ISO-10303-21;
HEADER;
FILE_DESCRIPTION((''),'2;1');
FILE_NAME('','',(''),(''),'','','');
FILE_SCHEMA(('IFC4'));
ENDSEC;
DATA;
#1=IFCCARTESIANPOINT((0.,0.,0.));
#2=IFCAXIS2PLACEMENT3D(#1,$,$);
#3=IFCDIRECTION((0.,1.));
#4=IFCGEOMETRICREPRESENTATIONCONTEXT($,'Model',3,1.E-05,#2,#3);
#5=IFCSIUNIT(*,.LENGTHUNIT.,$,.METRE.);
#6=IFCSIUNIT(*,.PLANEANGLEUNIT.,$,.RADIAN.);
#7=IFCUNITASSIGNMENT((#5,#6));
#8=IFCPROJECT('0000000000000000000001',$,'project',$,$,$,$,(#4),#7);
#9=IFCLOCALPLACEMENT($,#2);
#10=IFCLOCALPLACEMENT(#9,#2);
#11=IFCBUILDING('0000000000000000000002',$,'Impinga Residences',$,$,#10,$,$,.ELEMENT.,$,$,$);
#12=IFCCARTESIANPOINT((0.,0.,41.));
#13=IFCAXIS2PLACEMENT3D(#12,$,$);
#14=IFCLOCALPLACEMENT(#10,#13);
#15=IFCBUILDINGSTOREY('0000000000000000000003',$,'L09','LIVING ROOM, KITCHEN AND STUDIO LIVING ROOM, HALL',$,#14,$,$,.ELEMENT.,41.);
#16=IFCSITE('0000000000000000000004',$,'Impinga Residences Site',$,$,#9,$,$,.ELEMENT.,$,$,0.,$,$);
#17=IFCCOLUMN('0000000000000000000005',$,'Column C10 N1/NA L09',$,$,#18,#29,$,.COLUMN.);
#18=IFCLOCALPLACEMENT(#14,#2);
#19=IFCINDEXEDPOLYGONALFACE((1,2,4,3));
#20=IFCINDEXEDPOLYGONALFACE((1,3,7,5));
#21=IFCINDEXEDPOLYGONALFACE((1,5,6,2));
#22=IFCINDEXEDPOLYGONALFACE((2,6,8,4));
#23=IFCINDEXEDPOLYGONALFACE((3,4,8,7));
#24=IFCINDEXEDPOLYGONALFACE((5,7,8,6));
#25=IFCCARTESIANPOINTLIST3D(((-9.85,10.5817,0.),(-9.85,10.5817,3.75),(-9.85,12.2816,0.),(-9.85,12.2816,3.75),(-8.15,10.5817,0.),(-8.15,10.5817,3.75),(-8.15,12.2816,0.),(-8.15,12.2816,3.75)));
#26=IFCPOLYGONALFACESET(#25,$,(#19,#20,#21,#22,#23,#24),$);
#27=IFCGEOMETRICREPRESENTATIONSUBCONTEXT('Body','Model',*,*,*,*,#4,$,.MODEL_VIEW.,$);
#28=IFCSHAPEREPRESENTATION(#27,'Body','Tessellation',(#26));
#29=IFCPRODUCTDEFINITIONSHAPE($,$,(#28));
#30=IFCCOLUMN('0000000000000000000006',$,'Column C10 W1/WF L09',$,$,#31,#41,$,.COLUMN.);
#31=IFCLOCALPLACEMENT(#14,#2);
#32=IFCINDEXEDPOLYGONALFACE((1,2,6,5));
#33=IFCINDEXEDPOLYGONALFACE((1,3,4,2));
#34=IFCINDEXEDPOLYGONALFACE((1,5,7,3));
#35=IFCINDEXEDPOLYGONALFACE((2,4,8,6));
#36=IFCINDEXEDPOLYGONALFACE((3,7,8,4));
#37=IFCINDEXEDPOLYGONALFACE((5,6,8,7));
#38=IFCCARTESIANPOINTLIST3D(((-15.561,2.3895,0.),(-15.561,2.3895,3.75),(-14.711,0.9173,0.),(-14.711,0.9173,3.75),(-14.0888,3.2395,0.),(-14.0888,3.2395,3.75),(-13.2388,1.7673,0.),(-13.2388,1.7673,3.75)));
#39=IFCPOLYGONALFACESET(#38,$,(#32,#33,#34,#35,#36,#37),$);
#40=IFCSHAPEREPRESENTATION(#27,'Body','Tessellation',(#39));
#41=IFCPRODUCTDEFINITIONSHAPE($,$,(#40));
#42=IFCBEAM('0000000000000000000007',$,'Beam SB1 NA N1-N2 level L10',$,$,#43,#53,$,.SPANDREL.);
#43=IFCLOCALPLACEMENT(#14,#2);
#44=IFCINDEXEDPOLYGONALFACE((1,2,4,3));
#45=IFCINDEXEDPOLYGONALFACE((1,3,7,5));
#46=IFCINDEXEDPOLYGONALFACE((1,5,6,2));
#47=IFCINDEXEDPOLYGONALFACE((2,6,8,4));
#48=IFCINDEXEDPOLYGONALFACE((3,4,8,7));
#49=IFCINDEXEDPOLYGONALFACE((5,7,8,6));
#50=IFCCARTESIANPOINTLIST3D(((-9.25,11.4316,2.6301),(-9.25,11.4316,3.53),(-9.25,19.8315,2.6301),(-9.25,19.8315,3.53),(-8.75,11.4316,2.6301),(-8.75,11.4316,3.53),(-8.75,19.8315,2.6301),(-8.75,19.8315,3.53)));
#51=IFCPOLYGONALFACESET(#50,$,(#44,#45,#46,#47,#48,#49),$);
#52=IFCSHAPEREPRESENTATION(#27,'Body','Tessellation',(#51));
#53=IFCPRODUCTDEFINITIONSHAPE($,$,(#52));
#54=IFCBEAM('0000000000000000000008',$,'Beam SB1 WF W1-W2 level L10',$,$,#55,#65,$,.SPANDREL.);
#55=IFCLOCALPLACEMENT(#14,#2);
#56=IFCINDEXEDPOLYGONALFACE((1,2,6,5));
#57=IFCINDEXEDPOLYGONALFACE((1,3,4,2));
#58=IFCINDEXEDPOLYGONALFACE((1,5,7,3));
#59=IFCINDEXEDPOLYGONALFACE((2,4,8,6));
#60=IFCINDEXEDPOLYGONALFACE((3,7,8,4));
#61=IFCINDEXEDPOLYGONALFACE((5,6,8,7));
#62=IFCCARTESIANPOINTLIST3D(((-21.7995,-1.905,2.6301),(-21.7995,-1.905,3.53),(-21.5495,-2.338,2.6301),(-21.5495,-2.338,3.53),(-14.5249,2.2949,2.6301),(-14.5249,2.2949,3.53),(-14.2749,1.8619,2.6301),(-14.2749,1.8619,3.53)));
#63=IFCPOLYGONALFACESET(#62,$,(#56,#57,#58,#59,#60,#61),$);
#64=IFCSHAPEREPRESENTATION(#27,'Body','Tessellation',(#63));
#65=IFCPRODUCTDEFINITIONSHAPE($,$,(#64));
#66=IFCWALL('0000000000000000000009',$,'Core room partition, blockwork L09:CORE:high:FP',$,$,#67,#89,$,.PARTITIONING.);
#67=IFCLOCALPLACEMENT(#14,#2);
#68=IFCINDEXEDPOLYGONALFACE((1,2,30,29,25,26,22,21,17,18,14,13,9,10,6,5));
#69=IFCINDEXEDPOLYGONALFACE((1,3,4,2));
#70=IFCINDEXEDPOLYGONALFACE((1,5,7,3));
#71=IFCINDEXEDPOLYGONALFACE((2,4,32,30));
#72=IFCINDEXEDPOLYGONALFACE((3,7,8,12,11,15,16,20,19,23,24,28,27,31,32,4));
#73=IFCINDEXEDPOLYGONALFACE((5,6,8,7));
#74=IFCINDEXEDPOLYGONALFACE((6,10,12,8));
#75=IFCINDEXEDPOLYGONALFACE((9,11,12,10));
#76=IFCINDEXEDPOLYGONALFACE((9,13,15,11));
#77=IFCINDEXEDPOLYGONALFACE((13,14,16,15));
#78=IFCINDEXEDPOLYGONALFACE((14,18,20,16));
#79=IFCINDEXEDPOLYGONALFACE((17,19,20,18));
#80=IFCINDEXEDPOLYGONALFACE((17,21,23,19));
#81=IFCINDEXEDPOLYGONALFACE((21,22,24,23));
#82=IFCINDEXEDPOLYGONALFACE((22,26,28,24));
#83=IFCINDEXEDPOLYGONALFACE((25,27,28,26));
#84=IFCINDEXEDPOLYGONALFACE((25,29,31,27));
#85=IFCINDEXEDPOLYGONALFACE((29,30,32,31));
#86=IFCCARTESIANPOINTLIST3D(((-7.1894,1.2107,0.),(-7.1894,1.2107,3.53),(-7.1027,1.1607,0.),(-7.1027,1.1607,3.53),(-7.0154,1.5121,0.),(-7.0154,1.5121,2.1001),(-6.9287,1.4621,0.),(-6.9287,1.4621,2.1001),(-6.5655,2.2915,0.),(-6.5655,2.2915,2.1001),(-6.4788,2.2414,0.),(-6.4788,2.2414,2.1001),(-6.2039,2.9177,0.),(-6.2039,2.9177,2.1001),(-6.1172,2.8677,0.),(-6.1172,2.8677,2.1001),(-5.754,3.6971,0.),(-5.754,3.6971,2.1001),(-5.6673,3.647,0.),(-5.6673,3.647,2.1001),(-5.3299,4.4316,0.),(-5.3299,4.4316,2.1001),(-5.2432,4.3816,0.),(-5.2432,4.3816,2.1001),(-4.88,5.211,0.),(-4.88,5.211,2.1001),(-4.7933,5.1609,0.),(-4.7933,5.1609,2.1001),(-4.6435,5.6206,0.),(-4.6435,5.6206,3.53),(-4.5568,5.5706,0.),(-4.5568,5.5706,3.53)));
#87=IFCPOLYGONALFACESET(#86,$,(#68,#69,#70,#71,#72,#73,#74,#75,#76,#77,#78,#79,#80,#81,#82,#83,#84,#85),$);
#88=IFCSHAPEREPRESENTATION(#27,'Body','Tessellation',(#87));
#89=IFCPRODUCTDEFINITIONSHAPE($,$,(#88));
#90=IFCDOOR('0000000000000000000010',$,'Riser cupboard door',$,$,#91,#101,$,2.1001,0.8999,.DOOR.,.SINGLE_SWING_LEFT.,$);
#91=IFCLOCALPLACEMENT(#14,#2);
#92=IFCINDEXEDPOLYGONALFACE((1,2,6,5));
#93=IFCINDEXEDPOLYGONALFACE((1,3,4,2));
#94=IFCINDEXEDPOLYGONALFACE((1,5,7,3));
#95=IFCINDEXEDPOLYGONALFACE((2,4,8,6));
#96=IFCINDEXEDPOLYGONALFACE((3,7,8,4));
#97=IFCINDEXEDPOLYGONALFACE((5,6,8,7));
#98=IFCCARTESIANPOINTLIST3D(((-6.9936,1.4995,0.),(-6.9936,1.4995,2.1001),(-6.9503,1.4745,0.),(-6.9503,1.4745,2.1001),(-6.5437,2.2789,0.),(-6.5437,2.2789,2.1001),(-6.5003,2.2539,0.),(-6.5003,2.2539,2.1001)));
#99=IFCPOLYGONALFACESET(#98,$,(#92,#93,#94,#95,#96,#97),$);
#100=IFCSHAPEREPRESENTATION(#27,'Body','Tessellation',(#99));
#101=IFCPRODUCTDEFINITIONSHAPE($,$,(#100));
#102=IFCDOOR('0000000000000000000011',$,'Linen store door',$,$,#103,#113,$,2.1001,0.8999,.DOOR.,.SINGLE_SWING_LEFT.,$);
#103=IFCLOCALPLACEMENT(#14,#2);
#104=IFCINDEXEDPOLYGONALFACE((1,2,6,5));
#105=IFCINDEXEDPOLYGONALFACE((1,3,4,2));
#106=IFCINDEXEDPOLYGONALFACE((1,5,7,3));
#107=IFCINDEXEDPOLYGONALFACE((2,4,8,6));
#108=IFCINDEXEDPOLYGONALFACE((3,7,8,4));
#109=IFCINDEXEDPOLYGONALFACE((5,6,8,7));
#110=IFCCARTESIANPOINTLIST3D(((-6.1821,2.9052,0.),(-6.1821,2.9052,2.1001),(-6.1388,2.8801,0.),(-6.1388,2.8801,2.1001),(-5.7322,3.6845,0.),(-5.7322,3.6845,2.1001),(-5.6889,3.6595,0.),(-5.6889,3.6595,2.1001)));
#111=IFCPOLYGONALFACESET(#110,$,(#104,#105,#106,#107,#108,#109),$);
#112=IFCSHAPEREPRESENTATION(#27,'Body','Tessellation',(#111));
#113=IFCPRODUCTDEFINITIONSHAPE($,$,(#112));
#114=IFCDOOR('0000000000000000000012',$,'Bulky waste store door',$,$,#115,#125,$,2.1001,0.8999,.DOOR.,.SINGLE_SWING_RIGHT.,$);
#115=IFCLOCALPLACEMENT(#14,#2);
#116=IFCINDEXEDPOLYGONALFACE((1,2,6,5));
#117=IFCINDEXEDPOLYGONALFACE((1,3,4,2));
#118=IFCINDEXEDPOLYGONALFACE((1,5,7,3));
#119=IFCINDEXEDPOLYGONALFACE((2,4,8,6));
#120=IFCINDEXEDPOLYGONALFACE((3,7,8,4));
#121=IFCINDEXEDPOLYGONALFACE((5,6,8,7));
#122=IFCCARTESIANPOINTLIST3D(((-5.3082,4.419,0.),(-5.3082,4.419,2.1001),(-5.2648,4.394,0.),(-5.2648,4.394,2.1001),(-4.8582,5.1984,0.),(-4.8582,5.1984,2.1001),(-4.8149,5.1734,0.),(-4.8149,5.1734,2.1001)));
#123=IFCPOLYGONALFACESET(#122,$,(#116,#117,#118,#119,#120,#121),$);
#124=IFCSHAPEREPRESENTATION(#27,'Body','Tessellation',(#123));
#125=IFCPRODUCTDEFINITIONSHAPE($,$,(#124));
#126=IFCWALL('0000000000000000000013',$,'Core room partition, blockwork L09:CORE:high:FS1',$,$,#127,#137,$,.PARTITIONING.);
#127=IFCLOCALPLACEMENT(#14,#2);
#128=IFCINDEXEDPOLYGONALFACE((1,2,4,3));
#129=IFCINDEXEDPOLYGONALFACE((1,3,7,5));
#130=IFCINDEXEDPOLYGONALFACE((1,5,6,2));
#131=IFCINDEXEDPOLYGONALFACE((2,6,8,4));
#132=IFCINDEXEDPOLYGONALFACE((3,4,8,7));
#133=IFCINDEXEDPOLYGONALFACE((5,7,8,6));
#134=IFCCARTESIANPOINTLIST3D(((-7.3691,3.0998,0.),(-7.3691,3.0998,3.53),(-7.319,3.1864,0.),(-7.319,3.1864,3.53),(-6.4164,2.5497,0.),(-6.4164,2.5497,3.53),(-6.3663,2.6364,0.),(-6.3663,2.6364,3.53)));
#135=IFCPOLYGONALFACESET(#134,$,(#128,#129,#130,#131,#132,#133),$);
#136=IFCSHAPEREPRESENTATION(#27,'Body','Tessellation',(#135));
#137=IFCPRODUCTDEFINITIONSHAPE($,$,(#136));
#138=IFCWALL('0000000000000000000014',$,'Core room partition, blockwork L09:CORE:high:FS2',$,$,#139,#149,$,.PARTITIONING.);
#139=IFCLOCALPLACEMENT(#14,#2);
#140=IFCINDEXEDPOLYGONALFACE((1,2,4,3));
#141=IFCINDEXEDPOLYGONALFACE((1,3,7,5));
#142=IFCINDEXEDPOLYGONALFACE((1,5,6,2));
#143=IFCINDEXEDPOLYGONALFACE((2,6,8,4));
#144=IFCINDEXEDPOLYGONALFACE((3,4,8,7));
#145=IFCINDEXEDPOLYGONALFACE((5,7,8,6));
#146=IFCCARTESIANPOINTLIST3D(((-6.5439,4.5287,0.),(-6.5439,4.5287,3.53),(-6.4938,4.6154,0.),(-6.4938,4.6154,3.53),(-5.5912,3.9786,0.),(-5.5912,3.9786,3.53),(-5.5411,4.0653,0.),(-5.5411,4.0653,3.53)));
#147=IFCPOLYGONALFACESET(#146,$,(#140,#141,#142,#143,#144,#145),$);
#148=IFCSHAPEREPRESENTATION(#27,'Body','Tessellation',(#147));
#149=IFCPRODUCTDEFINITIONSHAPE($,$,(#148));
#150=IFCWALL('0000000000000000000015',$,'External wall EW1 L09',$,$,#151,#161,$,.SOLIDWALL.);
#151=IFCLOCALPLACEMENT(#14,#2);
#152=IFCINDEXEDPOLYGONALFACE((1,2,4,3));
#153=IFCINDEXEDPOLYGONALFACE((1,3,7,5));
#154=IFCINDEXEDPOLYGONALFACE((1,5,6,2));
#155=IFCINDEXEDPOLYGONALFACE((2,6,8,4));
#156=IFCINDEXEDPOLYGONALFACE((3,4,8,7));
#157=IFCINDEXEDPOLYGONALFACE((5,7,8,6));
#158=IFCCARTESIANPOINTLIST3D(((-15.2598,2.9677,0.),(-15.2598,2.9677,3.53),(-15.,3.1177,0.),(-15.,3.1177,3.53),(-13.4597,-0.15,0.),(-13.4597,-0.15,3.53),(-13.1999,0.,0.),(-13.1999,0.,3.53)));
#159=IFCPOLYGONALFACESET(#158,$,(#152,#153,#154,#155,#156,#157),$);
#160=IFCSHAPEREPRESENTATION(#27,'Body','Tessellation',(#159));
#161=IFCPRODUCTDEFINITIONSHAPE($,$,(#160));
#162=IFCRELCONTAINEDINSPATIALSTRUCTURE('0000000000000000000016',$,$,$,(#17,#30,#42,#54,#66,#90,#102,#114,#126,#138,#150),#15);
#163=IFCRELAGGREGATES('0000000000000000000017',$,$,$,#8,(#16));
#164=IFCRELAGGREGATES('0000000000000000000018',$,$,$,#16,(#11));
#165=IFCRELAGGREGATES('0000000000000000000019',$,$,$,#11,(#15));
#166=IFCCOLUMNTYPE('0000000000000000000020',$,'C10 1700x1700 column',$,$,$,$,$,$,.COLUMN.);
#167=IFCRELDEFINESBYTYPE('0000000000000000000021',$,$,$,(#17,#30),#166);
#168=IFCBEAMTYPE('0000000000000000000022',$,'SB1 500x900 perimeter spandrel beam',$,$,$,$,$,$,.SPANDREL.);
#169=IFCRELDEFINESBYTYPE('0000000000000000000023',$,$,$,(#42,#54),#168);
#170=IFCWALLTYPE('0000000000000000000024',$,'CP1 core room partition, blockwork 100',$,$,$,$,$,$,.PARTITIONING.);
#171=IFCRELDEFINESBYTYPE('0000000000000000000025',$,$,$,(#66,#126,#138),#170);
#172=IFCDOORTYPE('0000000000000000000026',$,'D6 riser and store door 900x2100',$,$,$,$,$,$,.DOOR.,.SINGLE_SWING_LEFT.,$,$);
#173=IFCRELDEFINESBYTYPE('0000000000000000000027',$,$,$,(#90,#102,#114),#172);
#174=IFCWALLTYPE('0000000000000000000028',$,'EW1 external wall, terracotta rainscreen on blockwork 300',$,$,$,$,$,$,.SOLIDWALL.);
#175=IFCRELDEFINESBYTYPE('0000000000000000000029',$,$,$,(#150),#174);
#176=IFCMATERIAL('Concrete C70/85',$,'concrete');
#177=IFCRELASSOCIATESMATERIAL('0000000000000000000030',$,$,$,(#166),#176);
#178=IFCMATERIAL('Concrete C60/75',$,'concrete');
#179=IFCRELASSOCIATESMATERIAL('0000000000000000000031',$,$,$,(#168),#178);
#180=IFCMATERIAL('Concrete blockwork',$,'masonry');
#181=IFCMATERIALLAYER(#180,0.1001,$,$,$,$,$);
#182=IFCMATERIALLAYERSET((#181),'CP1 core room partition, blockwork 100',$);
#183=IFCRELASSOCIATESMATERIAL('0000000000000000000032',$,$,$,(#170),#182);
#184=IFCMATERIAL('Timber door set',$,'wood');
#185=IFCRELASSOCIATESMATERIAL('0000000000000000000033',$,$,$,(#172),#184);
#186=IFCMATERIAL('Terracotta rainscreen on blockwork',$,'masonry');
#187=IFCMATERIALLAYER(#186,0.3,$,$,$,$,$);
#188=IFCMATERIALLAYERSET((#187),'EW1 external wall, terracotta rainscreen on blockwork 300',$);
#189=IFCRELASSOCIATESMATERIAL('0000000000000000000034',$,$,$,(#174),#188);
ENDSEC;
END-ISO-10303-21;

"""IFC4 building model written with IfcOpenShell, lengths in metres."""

from ifc_helpers import new_model, si_unit, direction, frame, frame_2d, origin, origin_2d, place, context, subcontext, project, spatial, rectangle, extrude, material, layer, layer_set, material_profile, profile_set, type_object, element, fill, save


model = new_model("IFC4")

# Units and contexts
model_context = context("Model", 3, precision=1e-05, world=origin(), true_north=direction((0.0, 1.0)))
body_context = subcontext(model_context, "Body", "Model", "MODEL_VIEW")
ifc_project = project(units=[si_unit("LENGTHUNIT", "METRE"), si_unit("PLANEANGLEUNIT", "RADIAN")], contexts=[model_context])

# Site, building, storey
site_placement = place(None, origin())
site = spatial("IfcSite", under=ifc_project, at=site_placement, Name="Impinga Residences Site", CompositionType="ELEMENT", RefElevation=0.0)
building_placement = place(site_placement, origin())
building = spatial("IfcBuilding", under=site, at=building_placement, Name="Impinga Residences", CompositionType="ELEMENT")
storey_placement = place(building_placement, frame((0.0, 0.0, 41.0)))
storey = spatial("IfcBuildingStorey", under=building, at=storey_placement, Name="L09", Description="LIVING ROOM, KITCHEN AND STUDIO LIVING ROOM, HALL", CompositionType="ELEMENT", Elevation=41.0)

# Columns
ifc_material_1 = material(Name="Concrete C70/85", Category="concrete")
ifc_material_profile_1 = material_profile(ifc_material_1, rectangle(XDim=1.7, YDim=1.7, at=origin_2d()), Name="RC 1700x1700")
ifc_profile_set_1 = profile_set([ifc_material_profile_1], Name="Concrete C70/85")
column_type = type_object("IfcColumnType", Name="C10 1700x1700 column", PredefinedType="COLUMN", material=ifc_profile_set_1)
for number, where, z_axis, x_axis, name in (
    (1, (-9.0, 11.4316, 0.0), (0.0, 0.0, 1.0), (1.0, 0.0, 0.0), "Column C10 N1/NA L09"),
    (2, (-14.3999, 2.0784, 0.0), (0.0, 0.0, 1.0), (-0.5, 0.866025, 0.0), "Column C10 W1/WF L09"),
):
    element("IfcColumn", number, at=place(storey_placement, frame(where, z_axis=z_axis, x_axis=x_axis)), inside=storey, type_object=column_type, Name=name, PredefinedType="COLUMN", context=body_context, shape_type="SweptSolid", body=[
        extrude(rectangle(XDim=1.7, YDim=1.7, at=origin_2d()), origin(), (0.0, 0.0, 1.0), 3.75),
    ])

# Beams
ifc_material_2 = material(Name="Concrete C60/75", Category="concrete")
ifc_material_profile_2 = material_profile(ifc_material_2, rectangle(XDim=0.5, YDim=0.8999, at=origin_2d()), Name="RC 500x900")
ifc_profile_set_2 = profile_set([ifc_material_profile_2], Name="Concrete C60/75")
beam_type = type_object("IfcBeamType", Name="SB1 500x900 perimeter spandrel beam", PredefinedType="SPANDREL", material=ifc_profile_set_2)
for number, where, z_axis, x_axis, name in (
    (3, (-9.0, 11.4316, 3.0801), (0.0, 1.0, 0.0), (-1.0, 0.0, 0.0), "Beam SB1 NA N1-N2 level L10"),
    (4, (-14.3999, 2.0784, 3.0801), (-0.866029, -0.499993, 0.0), (0.499993, -0.866029, 0.0), "Beam SB1 WF W1-W2 level L10"),
):
    element("IfcBeam", number, at=place(storey_placement, frame(where, z_axis=z_axis, x_axis=x_axis)), inside=storey, type_object=beam_type, Name=name, PredefinedType="SPANDREL", context=body_context, shape_type="SweptSolid", body=[
        extrude(rectangle(XDim=0.5, YDim=0.8999, at=origin_2d()), origin(), (0.0, 0.0, 1.0), 8.3999),
    ])

# Wall, openings, doors
ifc_material_3 = material(Name="Concrete blockwork", Category="masonry")
ifc_layer_1 = layer(ifc_material_3, 0.1001)
ifc_layer_set_1 = layer_set([ifc_layer_1], Name="CP1 core room partition, blockwork 100")
wall_type_1 = type_object("IfcWallType", Name="CP1 core room partition, blockwork 100", PredefinedType="PARTITIONING", material=ifc_layer_set_1)
wall_1_placement = place(storey_placement, frame((-7.146, 1.1858, 0.0), z_axis=(0.0, 0.0, 1.0), x_axis=(0.499976, 0.866039, 0.0)))
wall_1 = element("IfcWall", 5, at=wall_1_placement, inside=storey, type_object=wall_type_1, Name="Core room partition, blockwork L09:CORE:high:FP", PredefinedType="PARTITIONING", context=body_context, shape_type="SweptSolid", body=[
    extrude(rectangle(XDim=5.092, YDim=0.1001, at=frame_2d((2.5459, 0.0))), origin(), (0.0, 0.0, 1.0), 3.53),
])
opening_1_placement = place(wall_1_placement, frame((0.3479, 0.0, 0.0)))
opening_1 = element("IfcOpeningElement", 6, at=opening_1_placement, cuts=wall_1, PredefinedType="OPENING", context=body_context, shape_type="SweptSolid", body=[
    extrude(rectangle(XDim=0.8999, YDim=2.1001, at=frame_2d((0.45, 1.05))), frame((0.0, 0.0601, 0.0), z_axis=(0.0, -1.0, 0.0), x_axis=(1.0, 0.0, 0.0)), (0.0, 0.0, 1.0), 0.1201),
])
opening_2_placement = place(wall_1_placement, frame((1.9709, 0.0, 0.0)))
opening_2 = element("IfcOpeningElement", 7, at=opening_2_placement, cuts=wall_1, PredefinedType="OPENING", context=body_context, shape_type="SweptSolid", body=[
    extrude(rectangle(XDim=0.8999, YDim=2.1001, at=frame_2d((0.45, 1.05))), frame((0.0, 0.0601, 0.0), z_axis=(0.0, -1.0, 0.0), x_axis=(1.0, 0.0, 0.0)), (0.0, 0.0, 1.0), 0.1201),
])
opening_3_placement = place(wall_1_placement, frame((3.719, 0.0, 0.0)))
opening_3 = element("IfcOpeningElement", 8, at=opening_3_placement, cuts=wall_1, PredefinedType="OPENING", context=body_context, shape_type="SweptSolid", body=[
    extrude(rectangle(XDim=0.8999, YDim=2.1001, at=frame_2d((0.45, 1.05))), frame((0.0, 0.0601, 0.0), z_axis=(0.0, -1.0, 0.0), x_axis=(1.0, 0.0, 0.0)), (0.0, 0.0, 1.0), 0.1201),
])
ifc_material_4 = material(Name="Timber door set", Category="wood")
door_type_1 = type_object("IfcDoorType", Name="D6 riser and store door 900x2100", OperationType="SINGLE_SWING_LEFT", PredefinedType="DOOR", material=ifc_material_4)
door_1_placement = place(opening_1_placement, origin())
door_1 = element("IfcDoor", 9, at=door_1_placement, inside=storey, type_object=door_type_1, Name="Riser cupboard door", OperationType="SINGLE_SWING_LEFT", OverallHeight=2.1001, OverallWidth=0.8999, PredefinedType="DOOR", context=body_context, shape_type="SweptSolid", body=[
    extrude(rectangle(XDim=0.8999, YDim=2.1001, at=frame_2d((0.45, 1.05))), frame((0.0, 0.0249, 0.0), z_axis=(0.0, -1.0, 0.0), x_axis=(1.0, 0.0, 0.0)), (0.0, 0.0, 1.0), 0.05),
])
fill(opening_1, door_1)
door_2_placement = place(opening_2_placement, origin())
door_2 = element("IfcDoor", 10, at=door_2_placement, inside=storey, type_object=door_type_1, Name="Linen store door", OperationType="SINGLE_SWING_LEFT", OverallHeight=2.1001, OverallWidth=0.8999, PredefinedType="DOOR", context=body_context, shape_type="SweptSolid", body=[
    extrude(rectangle(XDim=0.8999, YDim=2.1001, at=frame_2d((0.45, 1.05))), frame((0.0, 0.0249, 0.0), z_axis=(0.0, -1.0, 0.0), x_axis=(1.0, 0.0, 0.0)), (0.0, 0.0, 1.0), 0.05),
])
fill(opening_2, door_2)
door_3_placement = place(opening_3_placement, origin())
door_3 = element("IfcDoor", 11, at=door_3_placement, inside=storey, type_object=door_type_1, Name="Bulky waste store door", OperationType="SINGLE_SWING_RIGHT", OverallHeight=2.1001, OverallWidth=0.8999, PredefinedType="DOOR", context=body_context, shape_type="SweptSolid", body=[
    extrude(rectangle(XDim=0.8999, YDim=2.1001, at=frame_2d((0.45, 1.05))), frame((0.0, 0.0249, 0.0), z_axis=(0.0, -1.0, 0.0), x_axis=(1.0, 0.0, 0.0)), (0.0, 0.0, 1.0), 0.05),
])
fill(opening_3, door_3)

# Walls
for number, where, z_axis, x_axis, name in (
    (12, (-6.3914, 2.593, 0.0), (0.0, 0.0, 1.0), (-0.866008, 0.50003, 0.0), "Core room partition, blockwork L09:CORE:high:FS1"),
    (13, (-5.5662, 4.022, 0.0), (0.0, 0.0, 1.0), (-0.866008, 0.50003, 0.0), "Core room partition, blockwork L09:CORE:high:FS2"),
):
    element("IfcWall", number, at=place(storey_placement, frame(where, z_axis=z_axis, x_axis=x_axis)), inside=storey, type_object=wall_type_1, Name=name, PredefinedType="PARTITIONING", context=body_context, shape_type="SweptSolid", body=[
        extrude(rectangle(XDim=1.1001, YDim=0.1001, at=frame_2d((0.55, 0.0))), origin(), (0.0, 0.0, 1.0), 3.53),
    ])
ifc_material_5 = material(Name="Terracotta rainscreen on blockwork", Category="masonry")
ifc_layer_2 = layer(ifc_material_5, 0.3)
ifc_layer_set_2 = layer_set([ifc_layer_2], Name="EW1 external wall, terracotta rainscreen on blockwork 300")
wall_type_2 = type_object("IfcWallType", Name="EW1 external wall, terracotta rainscreen on blockwork 300", PredefinedType="SOLIDWALL", material=ifc_layer_set_2)
wall_2_placement = place(storey_placement, frame((-15.1299, 3.0427, 0.0), z_axis=(0.0, 0.0, 1.0), x_axis=(0.500012, -0.866018, 0.0)))
element("IfcWall", 14, at=wall_2_placement, inside=storey, type_object=wall_type_2, Name="External wall EW1 L09", PredefinedType="SOLIDWALL", context=body_context, shape_type="SweptSolid", body=[
    extrude(rectangle(XDim=3.6001, YDim=0.3, at=frame_2d((1.8, 0.0))), origin(), (0.0, 0.0, 1.0), 3.53),
])

save(model, "model.ifc")
